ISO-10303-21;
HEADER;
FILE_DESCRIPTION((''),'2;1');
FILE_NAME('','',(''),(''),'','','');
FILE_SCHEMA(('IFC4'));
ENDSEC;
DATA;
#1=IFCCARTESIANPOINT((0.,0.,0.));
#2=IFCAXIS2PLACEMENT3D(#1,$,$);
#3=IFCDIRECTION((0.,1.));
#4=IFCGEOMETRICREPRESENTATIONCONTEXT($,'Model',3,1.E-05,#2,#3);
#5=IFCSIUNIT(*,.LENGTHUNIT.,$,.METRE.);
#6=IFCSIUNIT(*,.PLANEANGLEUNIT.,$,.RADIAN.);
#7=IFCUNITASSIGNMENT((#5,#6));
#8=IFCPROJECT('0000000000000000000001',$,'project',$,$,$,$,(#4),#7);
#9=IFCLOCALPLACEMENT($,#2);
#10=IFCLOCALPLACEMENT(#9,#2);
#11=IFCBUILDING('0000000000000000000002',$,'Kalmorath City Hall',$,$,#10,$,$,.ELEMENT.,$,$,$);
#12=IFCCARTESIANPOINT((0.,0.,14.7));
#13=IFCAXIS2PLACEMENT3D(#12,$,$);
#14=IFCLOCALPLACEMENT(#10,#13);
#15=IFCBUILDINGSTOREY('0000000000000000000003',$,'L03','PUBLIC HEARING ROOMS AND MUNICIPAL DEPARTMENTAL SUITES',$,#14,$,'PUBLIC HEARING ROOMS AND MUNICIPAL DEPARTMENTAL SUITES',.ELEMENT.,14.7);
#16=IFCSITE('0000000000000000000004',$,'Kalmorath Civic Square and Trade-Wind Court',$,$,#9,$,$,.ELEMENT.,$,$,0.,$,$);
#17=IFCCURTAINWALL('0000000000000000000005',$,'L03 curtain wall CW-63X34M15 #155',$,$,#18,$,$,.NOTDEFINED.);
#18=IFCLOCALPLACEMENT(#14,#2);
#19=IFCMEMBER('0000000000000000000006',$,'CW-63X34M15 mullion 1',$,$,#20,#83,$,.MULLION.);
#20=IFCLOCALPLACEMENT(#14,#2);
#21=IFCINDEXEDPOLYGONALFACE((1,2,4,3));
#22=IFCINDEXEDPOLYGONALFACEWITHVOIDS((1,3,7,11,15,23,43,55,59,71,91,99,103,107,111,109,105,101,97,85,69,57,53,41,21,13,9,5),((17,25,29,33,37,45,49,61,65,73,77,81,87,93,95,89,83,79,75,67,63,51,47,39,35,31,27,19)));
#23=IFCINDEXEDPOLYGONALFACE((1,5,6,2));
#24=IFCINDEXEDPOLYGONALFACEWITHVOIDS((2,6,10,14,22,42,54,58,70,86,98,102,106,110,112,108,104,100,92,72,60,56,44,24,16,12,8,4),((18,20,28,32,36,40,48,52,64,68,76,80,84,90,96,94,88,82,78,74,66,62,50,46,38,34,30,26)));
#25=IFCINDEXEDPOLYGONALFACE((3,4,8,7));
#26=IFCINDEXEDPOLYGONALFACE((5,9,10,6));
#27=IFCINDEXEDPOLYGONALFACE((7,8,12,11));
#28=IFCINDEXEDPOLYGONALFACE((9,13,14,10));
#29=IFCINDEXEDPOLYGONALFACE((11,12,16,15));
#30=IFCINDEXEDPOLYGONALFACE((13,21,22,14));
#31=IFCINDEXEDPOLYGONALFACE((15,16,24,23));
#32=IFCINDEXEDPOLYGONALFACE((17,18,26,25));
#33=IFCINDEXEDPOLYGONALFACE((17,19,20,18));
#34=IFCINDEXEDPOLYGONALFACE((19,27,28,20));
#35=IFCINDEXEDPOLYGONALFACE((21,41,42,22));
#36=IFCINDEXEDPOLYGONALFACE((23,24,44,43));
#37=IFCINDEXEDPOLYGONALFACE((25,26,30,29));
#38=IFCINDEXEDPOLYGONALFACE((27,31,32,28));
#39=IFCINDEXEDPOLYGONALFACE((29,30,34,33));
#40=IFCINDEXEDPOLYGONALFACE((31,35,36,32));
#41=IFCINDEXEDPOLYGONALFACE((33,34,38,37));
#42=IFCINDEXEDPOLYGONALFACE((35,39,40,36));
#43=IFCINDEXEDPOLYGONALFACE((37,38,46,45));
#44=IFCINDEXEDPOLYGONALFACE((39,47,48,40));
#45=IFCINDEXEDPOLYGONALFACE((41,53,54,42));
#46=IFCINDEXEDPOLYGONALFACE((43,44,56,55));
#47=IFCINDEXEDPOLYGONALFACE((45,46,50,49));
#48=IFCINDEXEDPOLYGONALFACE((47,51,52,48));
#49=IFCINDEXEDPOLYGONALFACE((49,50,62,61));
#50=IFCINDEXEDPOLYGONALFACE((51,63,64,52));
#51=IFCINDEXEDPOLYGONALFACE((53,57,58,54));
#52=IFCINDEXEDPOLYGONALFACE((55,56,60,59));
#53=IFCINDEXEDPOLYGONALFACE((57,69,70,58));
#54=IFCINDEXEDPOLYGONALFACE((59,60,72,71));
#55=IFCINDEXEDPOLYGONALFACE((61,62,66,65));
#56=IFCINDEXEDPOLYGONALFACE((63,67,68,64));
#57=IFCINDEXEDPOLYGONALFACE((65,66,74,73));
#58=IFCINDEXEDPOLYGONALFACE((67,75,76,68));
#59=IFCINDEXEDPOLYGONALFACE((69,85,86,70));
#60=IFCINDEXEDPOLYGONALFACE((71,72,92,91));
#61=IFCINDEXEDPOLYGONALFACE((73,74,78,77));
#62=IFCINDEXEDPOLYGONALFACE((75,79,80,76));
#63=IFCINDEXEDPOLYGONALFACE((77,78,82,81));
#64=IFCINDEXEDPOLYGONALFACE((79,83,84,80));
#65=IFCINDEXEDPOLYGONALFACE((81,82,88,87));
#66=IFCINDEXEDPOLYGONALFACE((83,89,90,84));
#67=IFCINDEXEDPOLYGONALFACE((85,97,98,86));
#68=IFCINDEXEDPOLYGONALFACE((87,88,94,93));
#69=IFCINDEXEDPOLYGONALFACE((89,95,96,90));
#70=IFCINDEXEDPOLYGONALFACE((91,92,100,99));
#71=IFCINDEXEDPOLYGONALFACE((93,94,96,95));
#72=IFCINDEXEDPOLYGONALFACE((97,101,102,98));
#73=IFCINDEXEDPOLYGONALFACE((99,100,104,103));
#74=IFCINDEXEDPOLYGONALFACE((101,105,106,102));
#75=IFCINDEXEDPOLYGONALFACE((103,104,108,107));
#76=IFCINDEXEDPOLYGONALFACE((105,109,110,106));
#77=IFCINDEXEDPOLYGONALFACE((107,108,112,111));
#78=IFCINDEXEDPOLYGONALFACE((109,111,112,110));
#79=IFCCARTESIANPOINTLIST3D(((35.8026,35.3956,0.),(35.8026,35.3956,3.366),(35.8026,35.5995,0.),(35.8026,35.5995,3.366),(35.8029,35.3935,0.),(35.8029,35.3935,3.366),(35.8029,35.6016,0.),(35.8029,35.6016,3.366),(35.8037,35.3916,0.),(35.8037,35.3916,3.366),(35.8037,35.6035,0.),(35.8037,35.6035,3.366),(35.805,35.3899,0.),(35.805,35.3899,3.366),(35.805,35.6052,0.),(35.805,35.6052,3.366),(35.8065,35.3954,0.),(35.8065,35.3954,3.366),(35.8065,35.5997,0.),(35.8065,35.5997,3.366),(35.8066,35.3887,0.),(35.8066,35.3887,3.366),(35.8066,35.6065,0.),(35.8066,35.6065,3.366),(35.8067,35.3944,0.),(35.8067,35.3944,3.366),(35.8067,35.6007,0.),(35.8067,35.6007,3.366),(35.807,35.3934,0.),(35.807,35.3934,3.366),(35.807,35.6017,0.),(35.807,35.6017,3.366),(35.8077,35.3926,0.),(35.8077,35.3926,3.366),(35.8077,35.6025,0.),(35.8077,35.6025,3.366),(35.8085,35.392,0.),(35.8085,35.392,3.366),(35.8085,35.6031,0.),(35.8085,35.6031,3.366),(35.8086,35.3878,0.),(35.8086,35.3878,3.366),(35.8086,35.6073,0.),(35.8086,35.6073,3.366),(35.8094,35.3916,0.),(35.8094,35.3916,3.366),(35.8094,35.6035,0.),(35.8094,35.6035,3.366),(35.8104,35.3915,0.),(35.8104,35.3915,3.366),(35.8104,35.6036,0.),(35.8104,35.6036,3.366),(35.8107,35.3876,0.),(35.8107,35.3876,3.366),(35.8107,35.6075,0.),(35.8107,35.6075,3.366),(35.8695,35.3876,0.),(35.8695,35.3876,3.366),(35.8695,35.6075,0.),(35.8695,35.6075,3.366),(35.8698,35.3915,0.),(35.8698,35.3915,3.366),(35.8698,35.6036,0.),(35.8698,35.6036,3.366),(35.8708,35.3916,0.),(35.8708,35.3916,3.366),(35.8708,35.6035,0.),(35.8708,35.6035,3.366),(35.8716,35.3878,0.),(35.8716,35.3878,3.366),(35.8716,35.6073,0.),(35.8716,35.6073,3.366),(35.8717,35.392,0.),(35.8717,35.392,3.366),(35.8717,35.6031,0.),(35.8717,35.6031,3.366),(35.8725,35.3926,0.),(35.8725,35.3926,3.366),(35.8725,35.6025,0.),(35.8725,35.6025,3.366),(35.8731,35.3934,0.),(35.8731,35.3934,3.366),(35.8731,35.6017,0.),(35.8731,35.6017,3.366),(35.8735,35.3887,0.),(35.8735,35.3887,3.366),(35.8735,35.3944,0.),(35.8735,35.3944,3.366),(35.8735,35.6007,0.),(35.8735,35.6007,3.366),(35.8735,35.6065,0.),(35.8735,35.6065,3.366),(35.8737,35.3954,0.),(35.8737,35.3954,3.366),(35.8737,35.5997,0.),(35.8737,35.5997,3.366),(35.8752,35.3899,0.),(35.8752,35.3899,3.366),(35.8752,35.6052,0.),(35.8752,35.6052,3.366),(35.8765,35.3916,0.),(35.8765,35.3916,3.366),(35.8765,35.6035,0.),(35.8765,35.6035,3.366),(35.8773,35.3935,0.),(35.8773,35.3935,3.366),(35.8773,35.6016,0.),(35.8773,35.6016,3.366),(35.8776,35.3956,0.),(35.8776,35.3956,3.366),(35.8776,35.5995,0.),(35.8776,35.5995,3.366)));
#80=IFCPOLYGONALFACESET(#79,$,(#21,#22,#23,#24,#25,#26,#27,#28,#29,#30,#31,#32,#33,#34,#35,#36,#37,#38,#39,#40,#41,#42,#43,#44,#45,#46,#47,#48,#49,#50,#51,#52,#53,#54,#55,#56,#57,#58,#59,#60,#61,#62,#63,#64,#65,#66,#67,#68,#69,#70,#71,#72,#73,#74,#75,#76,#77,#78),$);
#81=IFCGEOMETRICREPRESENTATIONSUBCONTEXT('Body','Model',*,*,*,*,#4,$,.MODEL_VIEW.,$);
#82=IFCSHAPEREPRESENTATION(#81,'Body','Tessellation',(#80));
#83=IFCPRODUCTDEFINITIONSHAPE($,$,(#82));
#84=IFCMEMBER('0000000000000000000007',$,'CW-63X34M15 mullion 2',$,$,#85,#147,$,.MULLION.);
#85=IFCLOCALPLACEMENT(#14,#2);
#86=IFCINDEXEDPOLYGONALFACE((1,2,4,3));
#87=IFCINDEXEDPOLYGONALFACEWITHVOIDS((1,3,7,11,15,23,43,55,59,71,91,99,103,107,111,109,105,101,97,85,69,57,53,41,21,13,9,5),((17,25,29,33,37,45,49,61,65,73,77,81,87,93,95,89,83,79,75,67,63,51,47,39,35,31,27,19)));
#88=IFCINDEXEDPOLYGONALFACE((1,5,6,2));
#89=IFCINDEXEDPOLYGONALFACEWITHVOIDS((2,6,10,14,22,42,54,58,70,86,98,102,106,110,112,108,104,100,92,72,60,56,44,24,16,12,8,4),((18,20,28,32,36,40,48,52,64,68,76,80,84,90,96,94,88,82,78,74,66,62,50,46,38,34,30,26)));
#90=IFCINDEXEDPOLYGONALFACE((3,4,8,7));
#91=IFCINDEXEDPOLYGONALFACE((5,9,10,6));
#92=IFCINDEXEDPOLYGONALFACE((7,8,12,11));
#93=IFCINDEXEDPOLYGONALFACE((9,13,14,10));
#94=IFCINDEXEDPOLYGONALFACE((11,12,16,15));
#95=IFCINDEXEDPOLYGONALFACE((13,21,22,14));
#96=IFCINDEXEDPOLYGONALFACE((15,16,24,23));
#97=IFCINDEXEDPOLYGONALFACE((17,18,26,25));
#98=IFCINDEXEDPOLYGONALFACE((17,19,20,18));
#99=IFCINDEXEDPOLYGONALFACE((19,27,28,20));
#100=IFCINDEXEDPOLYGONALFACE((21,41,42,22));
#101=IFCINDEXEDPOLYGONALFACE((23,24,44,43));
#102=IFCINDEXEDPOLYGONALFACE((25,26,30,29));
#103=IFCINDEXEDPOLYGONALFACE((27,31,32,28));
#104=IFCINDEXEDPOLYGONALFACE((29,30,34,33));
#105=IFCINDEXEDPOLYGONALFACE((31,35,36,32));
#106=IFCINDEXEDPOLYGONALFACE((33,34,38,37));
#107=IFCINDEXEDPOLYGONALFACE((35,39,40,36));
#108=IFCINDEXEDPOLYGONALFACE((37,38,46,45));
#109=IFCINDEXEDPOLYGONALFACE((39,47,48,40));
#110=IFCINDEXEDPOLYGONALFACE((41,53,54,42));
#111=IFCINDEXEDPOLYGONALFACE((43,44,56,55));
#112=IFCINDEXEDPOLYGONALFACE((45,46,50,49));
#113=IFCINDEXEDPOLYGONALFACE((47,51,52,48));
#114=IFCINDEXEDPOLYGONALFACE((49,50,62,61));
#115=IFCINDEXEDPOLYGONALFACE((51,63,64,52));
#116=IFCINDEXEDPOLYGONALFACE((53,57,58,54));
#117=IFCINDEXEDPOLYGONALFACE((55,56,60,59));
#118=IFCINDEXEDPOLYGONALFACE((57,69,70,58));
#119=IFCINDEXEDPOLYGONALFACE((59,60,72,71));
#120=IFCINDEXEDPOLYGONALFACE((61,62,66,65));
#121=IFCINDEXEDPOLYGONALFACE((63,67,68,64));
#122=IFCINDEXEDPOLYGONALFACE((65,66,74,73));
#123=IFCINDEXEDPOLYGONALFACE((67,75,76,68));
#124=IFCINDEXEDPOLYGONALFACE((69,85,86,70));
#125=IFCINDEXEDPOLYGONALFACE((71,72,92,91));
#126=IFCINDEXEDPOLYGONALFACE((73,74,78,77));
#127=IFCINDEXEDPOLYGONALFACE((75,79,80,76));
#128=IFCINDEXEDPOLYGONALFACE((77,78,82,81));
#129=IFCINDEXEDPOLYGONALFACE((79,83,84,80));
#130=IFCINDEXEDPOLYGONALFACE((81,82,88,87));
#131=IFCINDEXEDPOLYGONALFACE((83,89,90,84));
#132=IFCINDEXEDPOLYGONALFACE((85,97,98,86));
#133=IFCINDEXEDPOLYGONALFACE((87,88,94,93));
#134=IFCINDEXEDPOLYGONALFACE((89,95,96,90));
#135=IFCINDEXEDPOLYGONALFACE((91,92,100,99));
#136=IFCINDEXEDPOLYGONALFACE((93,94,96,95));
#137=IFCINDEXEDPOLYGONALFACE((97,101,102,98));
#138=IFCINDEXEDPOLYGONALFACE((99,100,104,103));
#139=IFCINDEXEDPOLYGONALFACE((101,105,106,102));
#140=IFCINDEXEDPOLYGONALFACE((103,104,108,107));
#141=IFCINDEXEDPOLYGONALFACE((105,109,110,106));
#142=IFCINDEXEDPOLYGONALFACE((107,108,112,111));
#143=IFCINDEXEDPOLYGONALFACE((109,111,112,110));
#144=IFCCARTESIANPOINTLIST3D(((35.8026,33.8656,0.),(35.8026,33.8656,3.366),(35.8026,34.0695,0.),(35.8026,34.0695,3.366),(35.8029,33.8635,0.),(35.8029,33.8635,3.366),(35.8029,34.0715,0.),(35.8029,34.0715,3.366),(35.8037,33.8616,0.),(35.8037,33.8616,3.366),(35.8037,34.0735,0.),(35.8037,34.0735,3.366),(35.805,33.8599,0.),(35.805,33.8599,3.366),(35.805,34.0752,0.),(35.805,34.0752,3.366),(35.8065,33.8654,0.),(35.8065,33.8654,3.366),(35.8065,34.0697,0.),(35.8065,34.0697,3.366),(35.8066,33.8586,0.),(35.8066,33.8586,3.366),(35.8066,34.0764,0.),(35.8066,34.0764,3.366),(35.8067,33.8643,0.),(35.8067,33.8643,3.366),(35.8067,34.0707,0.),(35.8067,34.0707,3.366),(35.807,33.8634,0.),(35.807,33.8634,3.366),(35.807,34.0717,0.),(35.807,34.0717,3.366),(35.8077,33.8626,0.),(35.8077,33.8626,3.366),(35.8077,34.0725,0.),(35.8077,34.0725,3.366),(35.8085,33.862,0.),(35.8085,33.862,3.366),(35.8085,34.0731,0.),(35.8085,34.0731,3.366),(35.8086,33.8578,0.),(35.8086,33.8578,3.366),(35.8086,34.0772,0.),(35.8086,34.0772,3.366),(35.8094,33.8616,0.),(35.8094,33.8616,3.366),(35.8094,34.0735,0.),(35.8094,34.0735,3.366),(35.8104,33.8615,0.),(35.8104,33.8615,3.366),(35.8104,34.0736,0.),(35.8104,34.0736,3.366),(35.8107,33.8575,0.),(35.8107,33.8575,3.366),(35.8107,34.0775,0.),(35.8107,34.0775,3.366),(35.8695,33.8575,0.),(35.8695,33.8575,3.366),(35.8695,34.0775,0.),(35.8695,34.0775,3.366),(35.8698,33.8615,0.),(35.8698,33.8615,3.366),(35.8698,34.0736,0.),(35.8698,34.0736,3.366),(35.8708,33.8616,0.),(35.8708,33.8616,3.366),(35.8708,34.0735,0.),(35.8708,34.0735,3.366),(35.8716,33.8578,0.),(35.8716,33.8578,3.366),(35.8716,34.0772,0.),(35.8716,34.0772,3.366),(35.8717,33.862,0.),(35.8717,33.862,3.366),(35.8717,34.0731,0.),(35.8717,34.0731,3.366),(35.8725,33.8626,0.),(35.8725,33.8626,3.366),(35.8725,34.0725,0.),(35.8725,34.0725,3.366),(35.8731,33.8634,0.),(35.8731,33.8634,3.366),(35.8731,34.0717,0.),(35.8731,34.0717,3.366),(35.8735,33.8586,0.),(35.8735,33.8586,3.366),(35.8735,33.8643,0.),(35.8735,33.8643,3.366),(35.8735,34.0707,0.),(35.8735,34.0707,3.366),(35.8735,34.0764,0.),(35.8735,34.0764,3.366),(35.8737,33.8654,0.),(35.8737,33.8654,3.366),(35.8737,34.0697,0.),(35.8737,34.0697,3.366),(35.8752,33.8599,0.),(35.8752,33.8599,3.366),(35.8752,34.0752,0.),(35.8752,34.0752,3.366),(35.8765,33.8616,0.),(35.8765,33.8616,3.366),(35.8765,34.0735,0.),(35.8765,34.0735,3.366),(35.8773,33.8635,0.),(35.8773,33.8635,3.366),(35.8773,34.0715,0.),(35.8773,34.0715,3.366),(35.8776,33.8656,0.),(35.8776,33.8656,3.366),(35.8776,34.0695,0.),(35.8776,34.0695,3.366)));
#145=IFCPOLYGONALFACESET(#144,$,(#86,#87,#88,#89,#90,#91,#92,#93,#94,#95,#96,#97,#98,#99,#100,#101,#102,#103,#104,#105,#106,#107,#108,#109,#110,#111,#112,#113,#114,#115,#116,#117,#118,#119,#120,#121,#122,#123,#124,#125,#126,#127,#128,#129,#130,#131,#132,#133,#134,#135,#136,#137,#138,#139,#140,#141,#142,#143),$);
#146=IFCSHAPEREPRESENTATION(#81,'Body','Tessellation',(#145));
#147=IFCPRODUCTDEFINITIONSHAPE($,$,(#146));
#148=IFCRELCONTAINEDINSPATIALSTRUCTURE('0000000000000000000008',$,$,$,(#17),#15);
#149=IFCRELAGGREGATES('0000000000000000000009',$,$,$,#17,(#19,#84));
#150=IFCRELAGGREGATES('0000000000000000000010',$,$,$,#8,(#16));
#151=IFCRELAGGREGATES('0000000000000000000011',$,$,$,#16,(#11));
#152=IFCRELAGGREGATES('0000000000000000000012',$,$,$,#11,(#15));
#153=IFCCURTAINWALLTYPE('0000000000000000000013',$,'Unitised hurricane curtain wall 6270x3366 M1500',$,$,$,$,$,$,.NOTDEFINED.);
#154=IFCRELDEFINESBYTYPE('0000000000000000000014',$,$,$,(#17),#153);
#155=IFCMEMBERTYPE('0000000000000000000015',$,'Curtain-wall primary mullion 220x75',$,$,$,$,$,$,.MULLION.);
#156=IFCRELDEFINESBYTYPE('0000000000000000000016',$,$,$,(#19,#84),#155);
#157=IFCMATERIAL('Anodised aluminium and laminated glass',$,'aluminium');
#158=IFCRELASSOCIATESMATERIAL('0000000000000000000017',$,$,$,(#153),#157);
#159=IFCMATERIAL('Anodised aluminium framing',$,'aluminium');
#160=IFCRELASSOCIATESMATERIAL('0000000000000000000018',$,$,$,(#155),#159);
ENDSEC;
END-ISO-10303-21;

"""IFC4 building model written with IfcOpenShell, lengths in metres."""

from ifc_helpers import new_model, si_unit, direction, frame, origin, origin_2d, place, context, subcontext, project, spatial, hollow_rectangle, extrude, material, material_profile, profile_set, type_object, element, aggregate, save


model = new_model("IFC4")

# Units and contexts
model_context = context("Model", 3, precision=1e-05, world=origin(), true_north=direction((0.0, 1.0)))
body_context = subcontext(model_context, "Body", "Model", "MODEL_VIEW")
ifc_project = project(units=[si_unit("LENGTHUNIT", "METRE"), si_unit("PLANEANGLEUNIT", "RADIAN")], contexts=[model_context])

# Site, building, storey
site_placement = place(None, origin())
site = spatial("IfcSite", under=ifc_project, at=site_placement, Name="Kalmorath Civic Square and Trade-Wind Court", CompositionType="ELEMENT", RefElevation=0.0)
building_placement = place(site_placement, origin())
building = spatial("IfcBuilding", under=site, at=building_placement, Name="Kalmorath City Hall", CompositionType="ELEMENT")
storey_placement = place(building_placement, frame((0.0, 0.0, 14.7)))
storey = spatial("IfcBuildingStorey", under=building, at=storey_placement, Name="L03", Description="PUBLIC HEARING ROOMS AND MUNICIPAL DEPARTMENTAL SUITES", LongName="PUBLIC HEARING ROOMS AND MUNICIPAL DEPARTMENTAL SUITES", CompositionType="ELEMENT", Elevation=14.7)

# Curtain wall, members
ifc_material_1 = material(Name="Anodised aluminium and laminated glass", Category="aluminium")
curtain_wall_type = type_object("IfcCurtainWallType", Name="Unitised hurricane curtain wall 6270x3366 M1500", PredefinedType="NOTDEFINED", material=ifc_material_1)
curtain_wall_placement = place(storey_placement, origin())
curtain_wall = element("IfcCurtainWall", 1, at=curtain_wall_placement, inside=storey, type_object=curtain_wall_type, Name="L03 curtain wall CW-63X34M15 #155", PredefinedType="NOTDEFINED")
ifc_material_2 = material(Name="Anodised aluminium framing", Category="aluminium")
ifc_material_profile_1 = material_profile(ifc_material_2, hollow_rectangle(XDim=0.075, YDim=0.22, WallThickness=0.0039, InnerFilletRadius=0.0039, OuterFilletRadius=0.0081, at=origin_2d()), Name="ALU-MUL-220X75X4")
ifc_profile_set_1 = profile_set([ifc_material_profile_1], Name="Anodised aluminium framing")
member_type_1 = type_object("IfcMemberType", Name="Curtain-wall primary mullion 220x75", PredefinedType="MULLION", material=ifc_profile_set_1)
member_1_placement = place(storey_placement, frame((35.8401, 35.4976, 0.0), z_axis=(0.0, 0.0, 1.0), x_axis=(1.0, 0.0, 0.0)))
member_1 = element("IfcMember", 2, at=member_1_placement, type_object=member_type_1, Name="CW-63X34M15 mullion 1", PredefinedType="MULLION", context=body_context, shape_type="SweptSolid", body=[
    extrude(hollow_rectangle(XDim=0.075, YDim=0.22, WallThickness=0.0039, InnerFilletRadius=0.0039, OuterFilletRadius=0.0081, at=origin_2d()), origin(), (0.0, 0.0, 1.0), 3.366),
])
member_2_placement = place(storey_placement, frame((35.8401, 33.9675, 0.0), z_axis=(0.0, 0.0, 1.0), x_axis=(1.0, 0.0, 0.0)))
member_2 = element("IfcMember", 3, at=member_2_placement, type_object=member_type_1, Name="CW-63X34M15 mullion 2", PredefinedType="MULLION", context=body_context, shape_type="SweptSolid", body=[
    extrude(hollow_rectangle(XDim=0.075, YDim=0.22, WallThickness=0.0039, InnerFilletRadius=0.0039, OuterFilletRadius=0.0081, at=origin_2d()), origin(), (0.0, 0.0, 1.0), 3.366),
])
aggregate(curtain_wall, [member_1, member_2])

save(model, "model.ifc")
